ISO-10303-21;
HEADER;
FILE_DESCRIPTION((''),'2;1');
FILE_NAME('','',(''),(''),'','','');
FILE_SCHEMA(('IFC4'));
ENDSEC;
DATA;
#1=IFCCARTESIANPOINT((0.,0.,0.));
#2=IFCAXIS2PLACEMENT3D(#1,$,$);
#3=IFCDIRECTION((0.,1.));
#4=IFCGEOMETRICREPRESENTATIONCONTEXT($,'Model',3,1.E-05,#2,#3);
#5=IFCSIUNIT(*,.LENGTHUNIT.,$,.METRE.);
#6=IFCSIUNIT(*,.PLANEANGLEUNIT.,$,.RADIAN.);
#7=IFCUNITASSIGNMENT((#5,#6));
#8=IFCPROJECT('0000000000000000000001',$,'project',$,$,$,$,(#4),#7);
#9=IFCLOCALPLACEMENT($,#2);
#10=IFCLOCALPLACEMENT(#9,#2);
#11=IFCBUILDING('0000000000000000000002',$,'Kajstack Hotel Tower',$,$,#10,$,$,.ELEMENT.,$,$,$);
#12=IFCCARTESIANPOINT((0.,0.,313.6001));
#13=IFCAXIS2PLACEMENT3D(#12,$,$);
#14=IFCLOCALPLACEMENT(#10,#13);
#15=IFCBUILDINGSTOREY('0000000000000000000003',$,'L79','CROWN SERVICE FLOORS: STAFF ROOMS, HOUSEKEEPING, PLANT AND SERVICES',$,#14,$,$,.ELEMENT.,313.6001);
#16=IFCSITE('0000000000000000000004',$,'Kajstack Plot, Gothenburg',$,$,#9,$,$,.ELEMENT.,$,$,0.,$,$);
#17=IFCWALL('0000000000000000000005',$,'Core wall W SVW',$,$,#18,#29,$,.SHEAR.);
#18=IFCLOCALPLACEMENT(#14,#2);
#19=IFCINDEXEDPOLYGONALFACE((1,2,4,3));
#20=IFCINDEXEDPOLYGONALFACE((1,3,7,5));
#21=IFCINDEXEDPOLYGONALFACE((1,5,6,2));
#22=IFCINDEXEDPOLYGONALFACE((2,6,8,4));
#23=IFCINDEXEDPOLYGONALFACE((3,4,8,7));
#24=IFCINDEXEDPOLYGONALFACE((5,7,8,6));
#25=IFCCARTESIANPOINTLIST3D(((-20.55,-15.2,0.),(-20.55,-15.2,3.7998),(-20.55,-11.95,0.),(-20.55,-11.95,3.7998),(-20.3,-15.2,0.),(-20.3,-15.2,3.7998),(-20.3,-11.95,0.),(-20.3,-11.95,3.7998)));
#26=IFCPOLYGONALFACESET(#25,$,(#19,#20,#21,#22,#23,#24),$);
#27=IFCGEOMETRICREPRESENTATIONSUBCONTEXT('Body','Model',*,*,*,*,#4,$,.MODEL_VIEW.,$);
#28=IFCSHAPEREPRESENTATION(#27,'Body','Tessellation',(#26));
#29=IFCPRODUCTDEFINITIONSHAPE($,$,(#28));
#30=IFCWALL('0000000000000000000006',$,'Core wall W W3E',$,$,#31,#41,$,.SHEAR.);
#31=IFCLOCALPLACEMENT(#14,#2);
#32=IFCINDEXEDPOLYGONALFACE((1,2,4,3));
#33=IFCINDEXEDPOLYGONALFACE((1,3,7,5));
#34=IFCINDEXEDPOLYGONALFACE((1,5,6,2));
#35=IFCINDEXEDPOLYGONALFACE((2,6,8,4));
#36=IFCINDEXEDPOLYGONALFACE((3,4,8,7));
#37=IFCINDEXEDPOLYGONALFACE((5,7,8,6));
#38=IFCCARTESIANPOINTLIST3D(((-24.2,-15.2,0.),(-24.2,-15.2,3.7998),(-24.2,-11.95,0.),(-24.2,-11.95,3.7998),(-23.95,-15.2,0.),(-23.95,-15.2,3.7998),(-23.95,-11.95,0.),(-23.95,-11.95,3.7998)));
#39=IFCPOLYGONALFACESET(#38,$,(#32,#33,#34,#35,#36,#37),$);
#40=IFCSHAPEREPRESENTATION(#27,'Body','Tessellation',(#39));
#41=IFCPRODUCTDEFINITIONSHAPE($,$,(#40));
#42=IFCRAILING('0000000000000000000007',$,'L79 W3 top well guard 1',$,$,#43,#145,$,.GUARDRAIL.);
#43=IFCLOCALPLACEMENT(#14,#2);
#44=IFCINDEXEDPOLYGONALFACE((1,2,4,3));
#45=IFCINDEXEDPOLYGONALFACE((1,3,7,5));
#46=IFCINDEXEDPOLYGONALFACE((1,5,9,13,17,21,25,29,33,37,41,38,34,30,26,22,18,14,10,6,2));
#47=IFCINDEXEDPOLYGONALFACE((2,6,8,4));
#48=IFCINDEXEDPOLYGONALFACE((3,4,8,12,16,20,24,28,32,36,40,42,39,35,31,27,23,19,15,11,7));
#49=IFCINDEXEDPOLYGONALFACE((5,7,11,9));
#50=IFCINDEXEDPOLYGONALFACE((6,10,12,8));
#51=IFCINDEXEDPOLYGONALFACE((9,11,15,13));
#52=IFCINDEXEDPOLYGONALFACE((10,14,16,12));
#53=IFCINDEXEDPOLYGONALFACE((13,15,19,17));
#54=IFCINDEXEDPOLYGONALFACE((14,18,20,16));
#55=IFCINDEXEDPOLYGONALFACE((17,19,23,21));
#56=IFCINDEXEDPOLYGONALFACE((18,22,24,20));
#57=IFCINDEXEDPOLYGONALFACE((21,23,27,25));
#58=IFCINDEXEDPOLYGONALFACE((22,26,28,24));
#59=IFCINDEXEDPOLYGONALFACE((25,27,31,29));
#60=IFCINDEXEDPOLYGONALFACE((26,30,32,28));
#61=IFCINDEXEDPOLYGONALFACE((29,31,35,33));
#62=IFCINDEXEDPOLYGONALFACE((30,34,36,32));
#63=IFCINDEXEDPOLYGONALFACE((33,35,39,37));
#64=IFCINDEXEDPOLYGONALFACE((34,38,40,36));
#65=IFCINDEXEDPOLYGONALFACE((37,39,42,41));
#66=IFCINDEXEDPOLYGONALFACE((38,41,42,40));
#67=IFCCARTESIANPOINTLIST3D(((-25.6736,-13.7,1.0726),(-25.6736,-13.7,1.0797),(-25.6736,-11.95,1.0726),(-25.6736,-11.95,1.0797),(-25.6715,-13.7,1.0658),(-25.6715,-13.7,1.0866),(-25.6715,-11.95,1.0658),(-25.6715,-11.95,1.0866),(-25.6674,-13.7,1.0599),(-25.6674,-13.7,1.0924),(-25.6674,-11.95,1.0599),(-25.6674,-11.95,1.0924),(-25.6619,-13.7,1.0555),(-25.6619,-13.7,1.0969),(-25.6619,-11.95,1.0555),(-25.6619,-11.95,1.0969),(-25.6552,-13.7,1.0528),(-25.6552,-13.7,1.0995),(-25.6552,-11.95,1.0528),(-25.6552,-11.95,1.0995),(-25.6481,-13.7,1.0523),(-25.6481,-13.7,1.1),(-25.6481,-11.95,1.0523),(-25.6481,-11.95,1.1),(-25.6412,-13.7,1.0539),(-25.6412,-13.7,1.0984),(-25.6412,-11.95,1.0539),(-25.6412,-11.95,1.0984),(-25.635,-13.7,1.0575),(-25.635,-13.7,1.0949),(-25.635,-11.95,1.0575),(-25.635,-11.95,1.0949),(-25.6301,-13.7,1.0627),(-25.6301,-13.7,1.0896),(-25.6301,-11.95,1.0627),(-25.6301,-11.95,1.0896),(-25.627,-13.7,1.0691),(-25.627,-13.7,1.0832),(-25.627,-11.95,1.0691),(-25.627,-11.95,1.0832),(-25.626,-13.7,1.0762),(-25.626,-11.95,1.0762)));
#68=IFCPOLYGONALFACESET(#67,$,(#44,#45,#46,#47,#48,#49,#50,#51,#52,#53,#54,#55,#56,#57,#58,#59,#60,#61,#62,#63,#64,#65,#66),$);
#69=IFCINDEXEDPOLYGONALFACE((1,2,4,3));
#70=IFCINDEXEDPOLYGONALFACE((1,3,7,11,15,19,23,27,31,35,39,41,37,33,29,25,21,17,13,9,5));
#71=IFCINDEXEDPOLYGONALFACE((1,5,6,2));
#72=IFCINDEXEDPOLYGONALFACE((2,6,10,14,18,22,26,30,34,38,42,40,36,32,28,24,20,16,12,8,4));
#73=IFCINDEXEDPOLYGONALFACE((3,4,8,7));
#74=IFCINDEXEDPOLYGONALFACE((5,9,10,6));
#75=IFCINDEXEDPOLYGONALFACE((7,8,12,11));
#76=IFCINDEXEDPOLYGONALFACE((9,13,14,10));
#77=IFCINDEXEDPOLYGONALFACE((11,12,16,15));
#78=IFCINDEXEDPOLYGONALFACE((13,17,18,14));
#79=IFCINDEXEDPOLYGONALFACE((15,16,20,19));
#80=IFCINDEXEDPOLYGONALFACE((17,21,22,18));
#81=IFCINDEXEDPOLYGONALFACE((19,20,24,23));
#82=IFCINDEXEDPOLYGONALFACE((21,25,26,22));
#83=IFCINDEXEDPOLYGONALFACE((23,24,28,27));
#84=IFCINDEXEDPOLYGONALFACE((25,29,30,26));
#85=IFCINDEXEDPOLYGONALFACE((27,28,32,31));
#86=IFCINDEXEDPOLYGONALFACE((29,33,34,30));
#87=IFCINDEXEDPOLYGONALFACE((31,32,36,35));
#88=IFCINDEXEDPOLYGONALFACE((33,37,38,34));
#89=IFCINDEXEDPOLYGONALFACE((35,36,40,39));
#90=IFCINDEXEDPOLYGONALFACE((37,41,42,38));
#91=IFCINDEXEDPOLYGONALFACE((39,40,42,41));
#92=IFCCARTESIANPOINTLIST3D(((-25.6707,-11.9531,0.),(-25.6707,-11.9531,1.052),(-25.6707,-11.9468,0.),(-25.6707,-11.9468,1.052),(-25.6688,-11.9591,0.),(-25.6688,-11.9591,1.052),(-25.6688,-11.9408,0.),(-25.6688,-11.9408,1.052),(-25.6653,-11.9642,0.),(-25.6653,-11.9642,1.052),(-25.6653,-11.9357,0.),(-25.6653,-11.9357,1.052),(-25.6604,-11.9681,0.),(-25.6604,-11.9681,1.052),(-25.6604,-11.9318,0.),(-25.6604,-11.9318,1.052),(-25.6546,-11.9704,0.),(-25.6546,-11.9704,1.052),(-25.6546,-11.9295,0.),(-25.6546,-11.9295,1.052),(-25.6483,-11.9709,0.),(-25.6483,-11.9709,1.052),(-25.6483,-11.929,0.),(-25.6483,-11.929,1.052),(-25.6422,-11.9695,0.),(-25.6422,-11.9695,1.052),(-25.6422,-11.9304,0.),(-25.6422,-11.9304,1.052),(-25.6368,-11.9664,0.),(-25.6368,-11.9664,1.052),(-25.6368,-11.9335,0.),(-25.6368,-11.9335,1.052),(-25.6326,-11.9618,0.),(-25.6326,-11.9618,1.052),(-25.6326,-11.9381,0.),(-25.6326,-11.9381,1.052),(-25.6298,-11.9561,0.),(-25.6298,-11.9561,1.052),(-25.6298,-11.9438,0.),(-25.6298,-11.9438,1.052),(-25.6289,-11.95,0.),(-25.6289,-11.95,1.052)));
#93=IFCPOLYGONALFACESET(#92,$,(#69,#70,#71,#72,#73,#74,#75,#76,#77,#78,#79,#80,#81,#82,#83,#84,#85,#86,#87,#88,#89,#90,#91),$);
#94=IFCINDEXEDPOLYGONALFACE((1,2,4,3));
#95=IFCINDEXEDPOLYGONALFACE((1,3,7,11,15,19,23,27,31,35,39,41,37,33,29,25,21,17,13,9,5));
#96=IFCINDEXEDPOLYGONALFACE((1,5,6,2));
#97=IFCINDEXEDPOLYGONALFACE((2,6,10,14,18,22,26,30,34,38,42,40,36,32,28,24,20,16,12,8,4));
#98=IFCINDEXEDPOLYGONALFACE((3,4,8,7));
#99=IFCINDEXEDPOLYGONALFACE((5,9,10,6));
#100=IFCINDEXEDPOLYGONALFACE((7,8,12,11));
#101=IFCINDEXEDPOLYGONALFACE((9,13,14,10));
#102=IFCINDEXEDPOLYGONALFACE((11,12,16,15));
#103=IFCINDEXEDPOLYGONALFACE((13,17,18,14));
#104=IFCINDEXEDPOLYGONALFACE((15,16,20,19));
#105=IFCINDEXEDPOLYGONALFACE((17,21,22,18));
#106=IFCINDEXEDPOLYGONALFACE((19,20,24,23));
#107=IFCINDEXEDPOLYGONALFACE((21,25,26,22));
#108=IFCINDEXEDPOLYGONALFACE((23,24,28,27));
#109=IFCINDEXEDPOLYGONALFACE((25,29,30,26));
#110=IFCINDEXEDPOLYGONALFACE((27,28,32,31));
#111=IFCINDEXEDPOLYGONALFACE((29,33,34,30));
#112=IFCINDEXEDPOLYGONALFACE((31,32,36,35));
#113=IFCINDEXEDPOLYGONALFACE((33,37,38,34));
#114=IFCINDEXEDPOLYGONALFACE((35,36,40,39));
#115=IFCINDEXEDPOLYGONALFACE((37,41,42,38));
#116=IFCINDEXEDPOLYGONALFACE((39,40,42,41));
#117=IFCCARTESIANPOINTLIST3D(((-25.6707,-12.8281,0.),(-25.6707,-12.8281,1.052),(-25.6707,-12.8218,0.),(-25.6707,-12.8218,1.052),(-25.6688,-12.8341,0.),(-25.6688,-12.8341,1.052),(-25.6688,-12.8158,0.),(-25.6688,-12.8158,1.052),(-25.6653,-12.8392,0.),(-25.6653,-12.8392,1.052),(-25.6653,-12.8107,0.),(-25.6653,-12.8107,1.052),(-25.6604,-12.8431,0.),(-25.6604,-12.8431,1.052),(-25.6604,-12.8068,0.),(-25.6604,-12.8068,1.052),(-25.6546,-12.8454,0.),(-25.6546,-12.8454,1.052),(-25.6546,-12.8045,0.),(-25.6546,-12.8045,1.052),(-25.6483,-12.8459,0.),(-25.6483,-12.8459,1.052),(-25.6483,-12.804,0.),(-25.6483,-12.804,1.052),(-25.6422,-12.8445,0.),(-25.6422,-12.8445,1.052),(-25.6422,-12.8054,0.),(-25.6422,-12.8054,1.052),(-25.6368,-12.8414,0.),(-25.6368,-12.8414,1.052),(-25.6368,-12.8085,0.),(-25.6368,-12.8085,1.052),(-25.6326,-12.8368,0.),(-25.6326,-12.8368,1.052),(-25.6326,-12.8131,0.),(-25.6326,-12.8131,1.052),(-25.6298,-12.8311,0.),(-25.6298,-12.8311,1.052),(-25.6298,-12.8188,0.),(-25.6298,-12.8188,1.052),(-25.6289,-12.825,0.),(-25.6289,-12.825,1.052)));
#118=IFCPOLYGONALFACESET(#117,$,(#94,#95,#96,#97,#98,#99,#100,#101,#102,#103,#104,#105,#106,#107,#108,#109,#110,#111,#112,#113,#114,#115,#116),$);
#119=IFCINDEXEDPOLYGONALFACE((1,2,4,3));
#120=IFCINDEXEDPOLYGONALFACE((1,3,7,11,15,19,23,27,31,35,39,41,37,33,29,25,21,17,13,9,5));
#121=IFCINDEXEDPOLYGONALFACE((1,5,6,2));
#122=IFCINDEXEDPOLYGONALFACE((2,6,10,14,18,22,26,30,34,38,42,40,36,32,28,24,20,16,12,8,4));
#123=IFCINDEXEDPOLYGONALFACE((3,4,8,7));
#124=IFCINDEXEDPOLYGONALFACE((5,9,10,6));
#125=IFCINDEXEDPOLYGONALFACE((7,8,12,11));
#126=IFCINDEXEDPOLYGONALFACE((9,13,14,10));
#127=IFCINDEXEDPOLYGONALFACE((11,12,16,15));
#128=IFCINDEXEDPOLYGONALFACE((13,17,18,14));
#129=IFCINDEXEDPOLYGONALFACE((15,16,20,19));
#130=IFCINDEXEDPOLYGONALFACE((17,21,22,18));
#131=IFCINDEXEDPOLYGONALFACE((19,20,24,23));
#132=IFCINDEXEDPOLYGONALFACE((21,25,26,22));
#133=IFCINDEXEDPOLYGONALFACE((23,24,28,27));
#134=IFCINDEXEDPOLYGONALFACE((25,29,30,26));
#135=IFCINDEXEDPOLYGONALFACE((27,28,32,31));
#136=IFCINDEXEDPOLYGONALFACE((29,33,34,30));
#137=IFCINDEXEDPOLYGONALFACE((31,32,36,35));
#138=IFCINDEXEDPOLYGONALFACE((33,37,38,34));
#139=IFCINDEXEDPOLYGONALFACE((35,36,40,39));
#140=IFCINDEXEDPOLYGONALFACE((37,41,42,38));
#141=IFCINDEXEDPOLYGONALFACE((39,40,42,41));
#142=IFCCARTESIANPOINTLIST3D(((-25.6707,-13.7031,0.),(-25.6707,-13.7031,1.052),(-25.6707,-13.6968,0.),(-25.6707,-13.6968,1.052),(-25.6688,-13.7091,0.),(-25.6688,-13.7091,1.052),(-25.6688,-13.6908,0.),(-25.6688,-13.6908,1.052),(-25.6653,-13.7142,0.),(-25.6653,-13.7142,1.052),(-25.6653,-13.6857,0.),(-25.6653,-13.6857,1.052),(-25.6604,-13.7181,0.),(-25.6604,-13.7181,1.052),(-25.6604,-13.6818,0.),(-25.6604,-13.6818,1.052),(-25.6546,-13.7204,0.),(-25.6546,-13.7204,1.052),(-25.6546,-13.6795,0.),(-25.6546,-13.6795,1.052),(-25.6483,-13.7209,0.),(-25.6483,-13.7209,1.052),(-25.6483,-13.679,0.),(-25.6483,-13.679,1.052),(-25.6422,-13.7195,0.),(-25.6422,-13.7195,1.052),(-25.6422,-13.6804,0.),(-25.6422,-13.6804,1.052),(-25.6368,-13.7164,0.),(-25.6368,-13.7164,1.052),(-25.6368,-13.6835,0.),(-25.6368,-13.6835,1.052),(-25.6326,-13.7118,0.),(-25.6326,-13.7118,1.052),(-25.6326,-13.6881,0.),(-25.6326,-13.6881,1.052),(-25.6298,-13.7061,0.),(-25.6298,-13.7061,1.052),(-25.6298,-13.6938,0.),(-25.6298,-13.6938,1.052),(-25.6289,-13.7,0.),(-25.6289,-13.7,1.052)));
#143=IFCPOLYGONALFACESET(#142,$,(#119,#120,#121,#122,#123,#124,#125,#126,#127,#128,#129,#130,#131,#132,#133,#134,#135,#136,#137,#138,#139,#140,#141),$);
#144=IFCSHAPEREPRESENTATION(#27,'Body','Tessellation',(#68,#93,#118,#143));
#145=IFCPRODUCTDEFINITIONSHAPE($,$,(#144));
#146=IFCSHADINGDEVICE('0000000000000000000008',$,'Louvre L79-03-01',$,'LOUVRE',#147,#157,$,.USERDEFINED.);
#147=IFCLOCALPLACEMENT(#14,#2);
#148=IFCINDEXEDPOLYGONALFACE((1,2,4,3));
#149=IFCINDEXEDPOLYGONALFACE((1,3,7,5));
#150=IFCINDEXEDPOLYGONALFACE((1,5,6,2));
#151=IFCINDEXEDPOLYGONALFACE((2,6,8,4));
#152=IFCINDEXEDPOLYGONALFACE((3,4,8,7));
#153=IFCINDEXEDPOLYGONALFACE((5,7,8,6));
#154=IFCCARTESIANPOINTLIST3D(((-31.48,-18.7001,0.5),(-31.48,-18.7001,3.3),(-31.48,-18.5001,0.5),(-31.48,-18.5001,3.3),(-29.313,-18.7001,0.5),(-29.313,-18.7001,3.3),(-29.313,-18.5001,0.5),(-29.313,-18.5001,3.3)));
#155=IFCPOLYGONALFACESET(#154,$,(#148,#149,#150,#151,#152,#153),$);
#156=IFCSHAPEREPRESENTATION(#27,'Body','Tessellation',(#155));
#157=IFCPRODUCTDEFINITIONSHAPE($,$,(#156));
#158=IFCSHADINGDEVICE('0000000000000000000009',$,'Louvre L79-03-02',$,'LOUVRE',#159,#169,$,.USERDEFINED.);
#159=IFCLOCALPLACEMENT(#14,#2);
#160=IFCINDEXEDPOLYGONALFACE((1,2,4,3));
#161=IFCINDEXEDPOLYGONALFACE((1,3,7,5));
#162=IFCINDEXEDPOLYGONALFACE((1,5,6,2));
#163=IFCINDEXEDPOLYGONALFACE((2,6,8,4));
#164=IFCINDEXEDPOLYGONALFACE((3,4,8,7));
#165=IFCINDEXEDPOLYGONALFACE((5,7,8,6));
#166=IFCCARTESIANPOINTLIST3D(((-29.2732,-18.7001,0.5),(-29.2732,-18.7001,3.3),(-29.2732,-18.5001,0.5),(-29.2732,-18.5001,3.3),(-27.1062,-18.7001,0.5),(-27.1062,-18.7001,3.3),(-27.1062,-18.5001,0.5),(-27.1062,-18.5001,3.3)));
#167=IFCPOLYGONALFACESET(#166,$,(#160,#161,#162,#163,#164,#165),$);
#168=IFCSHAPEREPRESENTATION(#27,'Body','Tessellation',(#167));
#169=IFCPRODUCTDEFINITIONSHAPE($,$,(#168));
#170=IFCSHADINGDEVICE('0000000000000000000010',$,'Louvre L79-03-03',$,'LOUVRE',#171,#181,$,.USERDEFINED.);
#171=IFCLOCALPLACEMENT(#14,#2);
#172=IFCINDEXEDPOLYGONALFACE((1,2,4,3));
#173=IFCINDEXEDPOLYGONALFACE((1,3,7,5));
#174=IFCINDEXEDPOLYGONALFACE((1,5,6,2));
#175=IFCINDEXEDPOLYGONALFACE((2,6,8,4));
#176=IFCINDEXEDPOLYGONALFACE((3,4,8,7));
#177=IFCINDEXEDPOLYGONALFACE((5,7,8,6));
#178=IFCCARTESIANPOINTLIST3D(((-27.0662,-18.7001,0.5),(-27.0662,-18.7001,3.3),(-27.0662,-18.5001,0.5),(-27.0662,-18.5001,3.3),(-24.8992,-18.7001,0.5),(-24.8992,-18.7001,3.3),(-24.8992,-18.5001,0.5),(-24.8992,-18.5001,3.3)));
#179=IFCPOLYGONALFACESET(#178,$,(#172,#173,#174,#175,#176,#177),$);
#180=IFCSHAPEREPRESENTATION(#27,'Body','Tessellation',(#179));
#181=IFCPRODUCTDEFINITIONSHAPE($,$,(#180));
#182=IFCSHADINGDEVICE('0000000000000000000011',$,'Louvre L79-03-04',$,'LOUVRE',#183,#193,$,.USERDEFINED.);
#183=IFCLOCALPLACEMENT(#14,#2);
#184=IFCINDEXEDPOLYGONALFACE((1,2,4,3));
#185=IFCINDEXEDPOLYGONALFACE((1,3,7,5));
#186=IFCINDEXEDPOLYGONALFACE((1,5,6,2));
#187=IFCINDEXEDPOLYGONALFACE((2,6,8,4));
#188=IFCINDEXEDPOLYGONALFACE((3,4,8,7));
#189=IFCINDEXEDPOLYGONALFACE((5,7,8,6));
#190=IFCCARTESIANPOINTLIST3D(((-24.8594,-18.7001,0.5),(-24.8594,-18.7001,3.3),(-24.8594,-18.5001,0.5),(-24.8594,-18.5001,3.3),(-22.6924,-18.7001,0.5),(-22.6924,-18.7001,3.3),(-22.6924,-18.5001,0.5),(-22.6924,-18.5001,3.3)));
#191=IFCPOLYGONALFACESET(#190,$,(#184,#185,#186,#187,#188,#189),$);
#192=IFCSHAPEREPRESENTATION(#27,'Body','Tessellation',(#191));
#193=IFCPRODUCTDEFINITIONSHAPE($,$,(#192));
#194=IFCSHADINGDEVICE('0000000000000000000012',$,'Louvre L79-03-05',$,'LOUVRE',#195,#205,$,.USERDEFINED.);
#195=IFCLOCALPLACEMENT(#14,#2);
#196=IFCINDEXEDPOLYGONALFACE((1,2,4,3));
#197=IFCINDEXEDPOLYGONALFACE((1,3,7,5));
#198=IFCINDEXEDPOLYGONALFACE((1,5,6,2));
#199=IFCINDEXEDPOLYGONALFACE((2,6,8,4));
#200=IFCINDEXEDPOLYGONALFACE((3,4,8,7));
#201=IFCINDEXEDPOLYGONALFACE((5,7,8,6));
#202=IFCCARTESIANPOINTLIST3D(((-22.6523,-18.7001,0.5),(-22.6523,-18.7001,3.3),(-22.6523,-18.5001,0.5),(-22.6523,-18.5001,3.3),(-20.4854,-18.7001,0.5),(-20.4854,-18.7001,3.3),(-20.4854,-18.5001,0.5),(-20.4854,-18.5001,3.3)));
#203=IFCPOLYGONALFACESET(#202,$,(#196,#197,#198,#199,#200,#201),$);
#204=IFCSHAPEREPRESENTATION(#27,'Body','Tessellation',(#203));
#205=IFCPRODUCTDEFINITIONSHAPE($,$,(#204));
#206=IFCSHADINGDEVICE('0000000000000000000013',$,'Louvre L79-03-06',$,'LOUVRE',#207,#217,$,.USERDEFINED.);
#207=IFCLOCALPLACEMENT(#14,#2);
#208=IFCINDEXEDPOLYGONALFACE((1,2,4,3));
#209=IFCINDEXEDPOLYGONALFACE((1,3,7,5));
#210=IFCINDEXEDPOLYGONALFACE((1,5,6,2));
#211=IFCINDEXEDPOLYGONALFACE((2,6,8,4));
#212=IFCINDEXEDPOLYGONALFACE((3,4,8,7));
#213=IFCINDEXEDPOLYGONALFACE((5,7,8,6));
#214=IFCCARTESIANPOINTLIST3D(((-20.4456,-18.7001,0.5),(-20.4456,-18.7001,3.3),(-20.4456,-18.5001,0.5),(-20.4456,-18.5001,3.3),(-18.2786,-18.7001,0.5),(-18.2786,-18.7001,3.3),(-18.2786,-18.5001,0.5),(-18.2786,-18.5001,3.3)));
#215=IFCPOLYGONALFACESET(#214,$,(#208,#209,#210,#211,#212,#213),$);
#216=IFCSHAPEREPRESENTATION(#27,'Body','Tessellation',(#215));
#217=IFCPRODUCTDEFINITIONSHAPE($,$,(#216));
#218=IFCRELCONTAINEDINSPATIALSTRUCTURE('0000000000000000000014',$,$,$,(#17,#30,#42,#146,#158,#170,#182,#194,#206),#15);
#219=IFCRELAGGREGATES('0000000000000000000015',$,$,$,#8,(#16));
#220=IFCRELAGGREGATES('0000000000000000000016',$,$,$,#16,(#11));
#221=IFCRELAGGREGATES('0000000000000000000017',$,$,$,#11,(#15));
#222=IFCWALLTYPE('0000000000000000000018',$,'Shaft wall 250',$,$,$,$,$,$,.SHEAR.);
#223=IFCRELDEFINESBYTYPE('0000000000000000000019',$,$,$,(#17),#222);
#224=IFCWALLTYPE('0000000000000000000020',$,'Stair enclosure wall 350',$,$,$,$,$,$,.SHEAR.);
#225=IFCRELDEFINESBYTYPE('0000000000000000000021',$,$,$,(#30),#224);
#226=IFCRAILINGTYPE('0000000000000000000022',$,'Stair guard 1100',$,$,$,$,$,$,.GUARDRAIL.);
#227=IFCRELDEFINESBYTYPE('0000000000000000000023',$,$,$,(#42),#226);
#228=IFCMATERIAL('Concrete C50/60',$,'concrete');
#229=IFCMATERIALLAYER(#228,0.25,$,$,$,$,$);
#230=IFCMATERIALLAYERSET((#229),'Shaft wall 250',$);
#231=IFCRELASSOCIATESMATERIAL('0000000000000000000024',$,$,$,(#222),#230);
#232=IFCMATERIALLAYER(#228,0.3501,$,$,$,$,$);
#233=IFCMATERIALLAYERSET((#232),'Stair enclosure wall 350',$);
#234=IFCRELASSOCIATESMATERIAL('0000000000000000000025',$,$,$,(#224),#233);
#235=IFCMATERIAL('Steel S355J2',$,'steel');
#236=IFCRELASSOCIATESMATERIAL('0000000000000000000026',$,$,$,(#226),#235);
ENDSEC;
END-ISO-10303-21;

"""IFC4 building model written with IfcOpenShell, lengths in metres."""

from ifc_helpers import new_model, si_unit, direction, frame, frame_2d, origin, origin_2d, place, context, subcontext, project, spatial, rectangle, circle, extrude, material, layer, layer_set, type_object, element, save


model = new_model("IFC4")

# Units and contexts
model_context = context("Model", 3, precision=1e-05, world=origin(), true_north=direction((0.0, 1.0)))
body_context = subcontext(model_context, "Body", "Model", "MODEL_VIEW")
ifc_project = project(units=[si_unit("LENGTHUNIT", "METRE"), si_unit("PLANEANGLEUNIT", "RADIAN")], contexts=[model_context])

# Site, building, storey
site_placement = place(None, origin())
site = spatial("IfcSite", under=ifc_project, at=site_placement, Name="Kajstack Plot, Gothenburg", CompositionType="ELEMENT", RefElevation=0.0)
building_placement = place(site_placement, origin())
building = spatial("IfcBuilding", under=site, at=building_placement, Name="Kajstack Hotel Tower", CompositionType="ELEMENT")
storey_placement = place(building_placement, frame((0.0, 0.0, 313.6001)))
storey = spatial("IfcBuildingStorey", under=building, at=storey_placement, Name="L79", Description="CROWN SERVICE FLOORS: STAFF ROOMS, HOUSEKEEPING, PLANT AND SERVICES", CompositionType="ELEMENT", Elevation=313.6001)

# Shared definitions
ifc_material_1 = material(Name="Concrete C50/60", Category="concrete")

# Shared definitions
ifc_layer_1 = layer(ifc_material_1, 0.25)
ifc_layer_set_1 = layer_set([ifc_layer_1], Name="Shaft wall 250")
wall_type_1 = type_object("IfcWallType", Name="Shaft wall 250", PredefinedType="SHEAR", material=ifc_layer_set_1)

# Walls
wall_1_placement = place(storey_placement, frame((-20.425, -15.2, 0.0), z_axis=(0.0, 0.0, 1.0), x_axis=(0.0, 1.0, 0.0)))
element("IfcWall", 1, at=wall_1_placement, inside=storey, type_object=wall_type_1, Name="Core wall W SVW", PredefinedType="SHEAR", context=body_context, shape_type="SweptSolid", body=[
    extrude(rectangle(XDim=3.25, YDim=0.25, at=frame_2d((1.625, 0.0))), origin(), (0.0, 0.0, 1.0), 3.7998),
])
ifc_layer_2 = layer(ifc_material_1, 0.3501)
ifc_layer_set_2 = layer_set([ifc_layer_2], Name="Stair enclosure wall 350")
wall_type_2 = type_object("IfcWallType", Name="Stair enclosure wall 350", PredefinedType="SHEAR", material=ifc_layer_set_2)
wall_2_placement = place(storey_placement, frame((-24.075, -15.2, 0.0), z_axis=(0.0, 0.0, 1.0), x_axis=(0.0, 1.0, 0.0)))
element("IfcWall", 2, at=wall_2_placement, inside=storey, type_object=wall_type_2, Name="Core wall W W3E", PredefinedType="SHEAR", context=body_context, shape_type="SweptSolid", body=[
    extrude(rectangle(XDim=3.25, YDim=0.25, at=frame_2d((1.625, 0.0))), origin(), (0.0, 0.0, 1.0), 3.7998),
])

# Railing
ifc_material_2 = material(Name="Steel S355J2", Category="steel")
railing_type = type_object("IfcRailingType", Name="Stair guard 1100", PredefinedType="GUARDRAIL", material=ifc_material_2)
railing_placement = place(storey_placement, frame((-25.6499, -11.95, 0.0)))
element("IfcRailing", 3, at=railing_placement, inside=storey, type_object=railing_type, Name="L79 W3 top well guard 1", PredefinedType="GUARDRAIL", context=body_context, shape_type="SweptSolid", body=[
    extrude(circle(Radius=0.0239, at=origin_2d()), frame((0.0, 0.0, 1.0762), z_axis=(0.0, -1.0, 0.0), x_axis=(1.0, 0.0, 0.0)), (0.0, 0.0, 1.0), 1.75),
    extrude(circle(Radius=0.021, at=origin_2d()), origin(), (0.0, 0.0, 1.0), 1.052),
    extrude(circle(Radius=0.021, at=origin_2d()), frame((0.0, -0.875, 0.0)), (0.0, 0.0, 1.0), 1.052),
    extrude(circle(Radius=0.021, at=origin_2d()), frame((0.0, -1.75, 0.0)), (0.0, 0.0, 1.0), 1.052),
])

# Shading devices
for number, where, z_axis, x_axis, name in (
    (4, (-30.3965, -18.6001, 0.5), (0.0, 0.0, 1.0), (1.0, 0.0, 0.0), "Louvre L79-03-01"),
    (5, (-28.1897, -18.6001, 0.5), (0.0, 0.0, 1.0), (1.0, 0.0, 0.0), "Louvre L79-03-02"),
    (6, (-25.9827, -18.6001, 0.5), (0.0, 0.0, 1.0), (1.0, 0.0, 0.0), "Louvre L79-03-03"),
    (7, (-23.7759, -18.6001, 0.5), (0.0, 0.0, 1.0), (1.0, 0.0, 0.0), "Louvre L79-03-04"),
    (8, (-21.5688, -18.6001, 0.5), (0.0, 0.0, 1.0), (1.0, 0.0, 0.0), "Louvre L79-03-05"),
    (9, (-19.3621, -18.6001, 0.5), (0.0, 0.0, 1.0), (1.0, 0.0, 0.0), "Louvre L79-03-06"),
):
    element("IfcShadingDevice", number, at=place(storey_placement, frame(where, z_axis=z_axis, x_axis=x_axis)), inside=storey, Name=name, ObjectType="LOUVRE", PredefinedType="USERDEFINED", context=body_context, shape_type="SweptSolid", body=[
        extrude(rectangle(XDim=2.167, YDim=0.2, at=origin_2d()), origin(), (0.0, 0.0, 1.0), 2.8),
    ])

save(model, "model.ifc")
